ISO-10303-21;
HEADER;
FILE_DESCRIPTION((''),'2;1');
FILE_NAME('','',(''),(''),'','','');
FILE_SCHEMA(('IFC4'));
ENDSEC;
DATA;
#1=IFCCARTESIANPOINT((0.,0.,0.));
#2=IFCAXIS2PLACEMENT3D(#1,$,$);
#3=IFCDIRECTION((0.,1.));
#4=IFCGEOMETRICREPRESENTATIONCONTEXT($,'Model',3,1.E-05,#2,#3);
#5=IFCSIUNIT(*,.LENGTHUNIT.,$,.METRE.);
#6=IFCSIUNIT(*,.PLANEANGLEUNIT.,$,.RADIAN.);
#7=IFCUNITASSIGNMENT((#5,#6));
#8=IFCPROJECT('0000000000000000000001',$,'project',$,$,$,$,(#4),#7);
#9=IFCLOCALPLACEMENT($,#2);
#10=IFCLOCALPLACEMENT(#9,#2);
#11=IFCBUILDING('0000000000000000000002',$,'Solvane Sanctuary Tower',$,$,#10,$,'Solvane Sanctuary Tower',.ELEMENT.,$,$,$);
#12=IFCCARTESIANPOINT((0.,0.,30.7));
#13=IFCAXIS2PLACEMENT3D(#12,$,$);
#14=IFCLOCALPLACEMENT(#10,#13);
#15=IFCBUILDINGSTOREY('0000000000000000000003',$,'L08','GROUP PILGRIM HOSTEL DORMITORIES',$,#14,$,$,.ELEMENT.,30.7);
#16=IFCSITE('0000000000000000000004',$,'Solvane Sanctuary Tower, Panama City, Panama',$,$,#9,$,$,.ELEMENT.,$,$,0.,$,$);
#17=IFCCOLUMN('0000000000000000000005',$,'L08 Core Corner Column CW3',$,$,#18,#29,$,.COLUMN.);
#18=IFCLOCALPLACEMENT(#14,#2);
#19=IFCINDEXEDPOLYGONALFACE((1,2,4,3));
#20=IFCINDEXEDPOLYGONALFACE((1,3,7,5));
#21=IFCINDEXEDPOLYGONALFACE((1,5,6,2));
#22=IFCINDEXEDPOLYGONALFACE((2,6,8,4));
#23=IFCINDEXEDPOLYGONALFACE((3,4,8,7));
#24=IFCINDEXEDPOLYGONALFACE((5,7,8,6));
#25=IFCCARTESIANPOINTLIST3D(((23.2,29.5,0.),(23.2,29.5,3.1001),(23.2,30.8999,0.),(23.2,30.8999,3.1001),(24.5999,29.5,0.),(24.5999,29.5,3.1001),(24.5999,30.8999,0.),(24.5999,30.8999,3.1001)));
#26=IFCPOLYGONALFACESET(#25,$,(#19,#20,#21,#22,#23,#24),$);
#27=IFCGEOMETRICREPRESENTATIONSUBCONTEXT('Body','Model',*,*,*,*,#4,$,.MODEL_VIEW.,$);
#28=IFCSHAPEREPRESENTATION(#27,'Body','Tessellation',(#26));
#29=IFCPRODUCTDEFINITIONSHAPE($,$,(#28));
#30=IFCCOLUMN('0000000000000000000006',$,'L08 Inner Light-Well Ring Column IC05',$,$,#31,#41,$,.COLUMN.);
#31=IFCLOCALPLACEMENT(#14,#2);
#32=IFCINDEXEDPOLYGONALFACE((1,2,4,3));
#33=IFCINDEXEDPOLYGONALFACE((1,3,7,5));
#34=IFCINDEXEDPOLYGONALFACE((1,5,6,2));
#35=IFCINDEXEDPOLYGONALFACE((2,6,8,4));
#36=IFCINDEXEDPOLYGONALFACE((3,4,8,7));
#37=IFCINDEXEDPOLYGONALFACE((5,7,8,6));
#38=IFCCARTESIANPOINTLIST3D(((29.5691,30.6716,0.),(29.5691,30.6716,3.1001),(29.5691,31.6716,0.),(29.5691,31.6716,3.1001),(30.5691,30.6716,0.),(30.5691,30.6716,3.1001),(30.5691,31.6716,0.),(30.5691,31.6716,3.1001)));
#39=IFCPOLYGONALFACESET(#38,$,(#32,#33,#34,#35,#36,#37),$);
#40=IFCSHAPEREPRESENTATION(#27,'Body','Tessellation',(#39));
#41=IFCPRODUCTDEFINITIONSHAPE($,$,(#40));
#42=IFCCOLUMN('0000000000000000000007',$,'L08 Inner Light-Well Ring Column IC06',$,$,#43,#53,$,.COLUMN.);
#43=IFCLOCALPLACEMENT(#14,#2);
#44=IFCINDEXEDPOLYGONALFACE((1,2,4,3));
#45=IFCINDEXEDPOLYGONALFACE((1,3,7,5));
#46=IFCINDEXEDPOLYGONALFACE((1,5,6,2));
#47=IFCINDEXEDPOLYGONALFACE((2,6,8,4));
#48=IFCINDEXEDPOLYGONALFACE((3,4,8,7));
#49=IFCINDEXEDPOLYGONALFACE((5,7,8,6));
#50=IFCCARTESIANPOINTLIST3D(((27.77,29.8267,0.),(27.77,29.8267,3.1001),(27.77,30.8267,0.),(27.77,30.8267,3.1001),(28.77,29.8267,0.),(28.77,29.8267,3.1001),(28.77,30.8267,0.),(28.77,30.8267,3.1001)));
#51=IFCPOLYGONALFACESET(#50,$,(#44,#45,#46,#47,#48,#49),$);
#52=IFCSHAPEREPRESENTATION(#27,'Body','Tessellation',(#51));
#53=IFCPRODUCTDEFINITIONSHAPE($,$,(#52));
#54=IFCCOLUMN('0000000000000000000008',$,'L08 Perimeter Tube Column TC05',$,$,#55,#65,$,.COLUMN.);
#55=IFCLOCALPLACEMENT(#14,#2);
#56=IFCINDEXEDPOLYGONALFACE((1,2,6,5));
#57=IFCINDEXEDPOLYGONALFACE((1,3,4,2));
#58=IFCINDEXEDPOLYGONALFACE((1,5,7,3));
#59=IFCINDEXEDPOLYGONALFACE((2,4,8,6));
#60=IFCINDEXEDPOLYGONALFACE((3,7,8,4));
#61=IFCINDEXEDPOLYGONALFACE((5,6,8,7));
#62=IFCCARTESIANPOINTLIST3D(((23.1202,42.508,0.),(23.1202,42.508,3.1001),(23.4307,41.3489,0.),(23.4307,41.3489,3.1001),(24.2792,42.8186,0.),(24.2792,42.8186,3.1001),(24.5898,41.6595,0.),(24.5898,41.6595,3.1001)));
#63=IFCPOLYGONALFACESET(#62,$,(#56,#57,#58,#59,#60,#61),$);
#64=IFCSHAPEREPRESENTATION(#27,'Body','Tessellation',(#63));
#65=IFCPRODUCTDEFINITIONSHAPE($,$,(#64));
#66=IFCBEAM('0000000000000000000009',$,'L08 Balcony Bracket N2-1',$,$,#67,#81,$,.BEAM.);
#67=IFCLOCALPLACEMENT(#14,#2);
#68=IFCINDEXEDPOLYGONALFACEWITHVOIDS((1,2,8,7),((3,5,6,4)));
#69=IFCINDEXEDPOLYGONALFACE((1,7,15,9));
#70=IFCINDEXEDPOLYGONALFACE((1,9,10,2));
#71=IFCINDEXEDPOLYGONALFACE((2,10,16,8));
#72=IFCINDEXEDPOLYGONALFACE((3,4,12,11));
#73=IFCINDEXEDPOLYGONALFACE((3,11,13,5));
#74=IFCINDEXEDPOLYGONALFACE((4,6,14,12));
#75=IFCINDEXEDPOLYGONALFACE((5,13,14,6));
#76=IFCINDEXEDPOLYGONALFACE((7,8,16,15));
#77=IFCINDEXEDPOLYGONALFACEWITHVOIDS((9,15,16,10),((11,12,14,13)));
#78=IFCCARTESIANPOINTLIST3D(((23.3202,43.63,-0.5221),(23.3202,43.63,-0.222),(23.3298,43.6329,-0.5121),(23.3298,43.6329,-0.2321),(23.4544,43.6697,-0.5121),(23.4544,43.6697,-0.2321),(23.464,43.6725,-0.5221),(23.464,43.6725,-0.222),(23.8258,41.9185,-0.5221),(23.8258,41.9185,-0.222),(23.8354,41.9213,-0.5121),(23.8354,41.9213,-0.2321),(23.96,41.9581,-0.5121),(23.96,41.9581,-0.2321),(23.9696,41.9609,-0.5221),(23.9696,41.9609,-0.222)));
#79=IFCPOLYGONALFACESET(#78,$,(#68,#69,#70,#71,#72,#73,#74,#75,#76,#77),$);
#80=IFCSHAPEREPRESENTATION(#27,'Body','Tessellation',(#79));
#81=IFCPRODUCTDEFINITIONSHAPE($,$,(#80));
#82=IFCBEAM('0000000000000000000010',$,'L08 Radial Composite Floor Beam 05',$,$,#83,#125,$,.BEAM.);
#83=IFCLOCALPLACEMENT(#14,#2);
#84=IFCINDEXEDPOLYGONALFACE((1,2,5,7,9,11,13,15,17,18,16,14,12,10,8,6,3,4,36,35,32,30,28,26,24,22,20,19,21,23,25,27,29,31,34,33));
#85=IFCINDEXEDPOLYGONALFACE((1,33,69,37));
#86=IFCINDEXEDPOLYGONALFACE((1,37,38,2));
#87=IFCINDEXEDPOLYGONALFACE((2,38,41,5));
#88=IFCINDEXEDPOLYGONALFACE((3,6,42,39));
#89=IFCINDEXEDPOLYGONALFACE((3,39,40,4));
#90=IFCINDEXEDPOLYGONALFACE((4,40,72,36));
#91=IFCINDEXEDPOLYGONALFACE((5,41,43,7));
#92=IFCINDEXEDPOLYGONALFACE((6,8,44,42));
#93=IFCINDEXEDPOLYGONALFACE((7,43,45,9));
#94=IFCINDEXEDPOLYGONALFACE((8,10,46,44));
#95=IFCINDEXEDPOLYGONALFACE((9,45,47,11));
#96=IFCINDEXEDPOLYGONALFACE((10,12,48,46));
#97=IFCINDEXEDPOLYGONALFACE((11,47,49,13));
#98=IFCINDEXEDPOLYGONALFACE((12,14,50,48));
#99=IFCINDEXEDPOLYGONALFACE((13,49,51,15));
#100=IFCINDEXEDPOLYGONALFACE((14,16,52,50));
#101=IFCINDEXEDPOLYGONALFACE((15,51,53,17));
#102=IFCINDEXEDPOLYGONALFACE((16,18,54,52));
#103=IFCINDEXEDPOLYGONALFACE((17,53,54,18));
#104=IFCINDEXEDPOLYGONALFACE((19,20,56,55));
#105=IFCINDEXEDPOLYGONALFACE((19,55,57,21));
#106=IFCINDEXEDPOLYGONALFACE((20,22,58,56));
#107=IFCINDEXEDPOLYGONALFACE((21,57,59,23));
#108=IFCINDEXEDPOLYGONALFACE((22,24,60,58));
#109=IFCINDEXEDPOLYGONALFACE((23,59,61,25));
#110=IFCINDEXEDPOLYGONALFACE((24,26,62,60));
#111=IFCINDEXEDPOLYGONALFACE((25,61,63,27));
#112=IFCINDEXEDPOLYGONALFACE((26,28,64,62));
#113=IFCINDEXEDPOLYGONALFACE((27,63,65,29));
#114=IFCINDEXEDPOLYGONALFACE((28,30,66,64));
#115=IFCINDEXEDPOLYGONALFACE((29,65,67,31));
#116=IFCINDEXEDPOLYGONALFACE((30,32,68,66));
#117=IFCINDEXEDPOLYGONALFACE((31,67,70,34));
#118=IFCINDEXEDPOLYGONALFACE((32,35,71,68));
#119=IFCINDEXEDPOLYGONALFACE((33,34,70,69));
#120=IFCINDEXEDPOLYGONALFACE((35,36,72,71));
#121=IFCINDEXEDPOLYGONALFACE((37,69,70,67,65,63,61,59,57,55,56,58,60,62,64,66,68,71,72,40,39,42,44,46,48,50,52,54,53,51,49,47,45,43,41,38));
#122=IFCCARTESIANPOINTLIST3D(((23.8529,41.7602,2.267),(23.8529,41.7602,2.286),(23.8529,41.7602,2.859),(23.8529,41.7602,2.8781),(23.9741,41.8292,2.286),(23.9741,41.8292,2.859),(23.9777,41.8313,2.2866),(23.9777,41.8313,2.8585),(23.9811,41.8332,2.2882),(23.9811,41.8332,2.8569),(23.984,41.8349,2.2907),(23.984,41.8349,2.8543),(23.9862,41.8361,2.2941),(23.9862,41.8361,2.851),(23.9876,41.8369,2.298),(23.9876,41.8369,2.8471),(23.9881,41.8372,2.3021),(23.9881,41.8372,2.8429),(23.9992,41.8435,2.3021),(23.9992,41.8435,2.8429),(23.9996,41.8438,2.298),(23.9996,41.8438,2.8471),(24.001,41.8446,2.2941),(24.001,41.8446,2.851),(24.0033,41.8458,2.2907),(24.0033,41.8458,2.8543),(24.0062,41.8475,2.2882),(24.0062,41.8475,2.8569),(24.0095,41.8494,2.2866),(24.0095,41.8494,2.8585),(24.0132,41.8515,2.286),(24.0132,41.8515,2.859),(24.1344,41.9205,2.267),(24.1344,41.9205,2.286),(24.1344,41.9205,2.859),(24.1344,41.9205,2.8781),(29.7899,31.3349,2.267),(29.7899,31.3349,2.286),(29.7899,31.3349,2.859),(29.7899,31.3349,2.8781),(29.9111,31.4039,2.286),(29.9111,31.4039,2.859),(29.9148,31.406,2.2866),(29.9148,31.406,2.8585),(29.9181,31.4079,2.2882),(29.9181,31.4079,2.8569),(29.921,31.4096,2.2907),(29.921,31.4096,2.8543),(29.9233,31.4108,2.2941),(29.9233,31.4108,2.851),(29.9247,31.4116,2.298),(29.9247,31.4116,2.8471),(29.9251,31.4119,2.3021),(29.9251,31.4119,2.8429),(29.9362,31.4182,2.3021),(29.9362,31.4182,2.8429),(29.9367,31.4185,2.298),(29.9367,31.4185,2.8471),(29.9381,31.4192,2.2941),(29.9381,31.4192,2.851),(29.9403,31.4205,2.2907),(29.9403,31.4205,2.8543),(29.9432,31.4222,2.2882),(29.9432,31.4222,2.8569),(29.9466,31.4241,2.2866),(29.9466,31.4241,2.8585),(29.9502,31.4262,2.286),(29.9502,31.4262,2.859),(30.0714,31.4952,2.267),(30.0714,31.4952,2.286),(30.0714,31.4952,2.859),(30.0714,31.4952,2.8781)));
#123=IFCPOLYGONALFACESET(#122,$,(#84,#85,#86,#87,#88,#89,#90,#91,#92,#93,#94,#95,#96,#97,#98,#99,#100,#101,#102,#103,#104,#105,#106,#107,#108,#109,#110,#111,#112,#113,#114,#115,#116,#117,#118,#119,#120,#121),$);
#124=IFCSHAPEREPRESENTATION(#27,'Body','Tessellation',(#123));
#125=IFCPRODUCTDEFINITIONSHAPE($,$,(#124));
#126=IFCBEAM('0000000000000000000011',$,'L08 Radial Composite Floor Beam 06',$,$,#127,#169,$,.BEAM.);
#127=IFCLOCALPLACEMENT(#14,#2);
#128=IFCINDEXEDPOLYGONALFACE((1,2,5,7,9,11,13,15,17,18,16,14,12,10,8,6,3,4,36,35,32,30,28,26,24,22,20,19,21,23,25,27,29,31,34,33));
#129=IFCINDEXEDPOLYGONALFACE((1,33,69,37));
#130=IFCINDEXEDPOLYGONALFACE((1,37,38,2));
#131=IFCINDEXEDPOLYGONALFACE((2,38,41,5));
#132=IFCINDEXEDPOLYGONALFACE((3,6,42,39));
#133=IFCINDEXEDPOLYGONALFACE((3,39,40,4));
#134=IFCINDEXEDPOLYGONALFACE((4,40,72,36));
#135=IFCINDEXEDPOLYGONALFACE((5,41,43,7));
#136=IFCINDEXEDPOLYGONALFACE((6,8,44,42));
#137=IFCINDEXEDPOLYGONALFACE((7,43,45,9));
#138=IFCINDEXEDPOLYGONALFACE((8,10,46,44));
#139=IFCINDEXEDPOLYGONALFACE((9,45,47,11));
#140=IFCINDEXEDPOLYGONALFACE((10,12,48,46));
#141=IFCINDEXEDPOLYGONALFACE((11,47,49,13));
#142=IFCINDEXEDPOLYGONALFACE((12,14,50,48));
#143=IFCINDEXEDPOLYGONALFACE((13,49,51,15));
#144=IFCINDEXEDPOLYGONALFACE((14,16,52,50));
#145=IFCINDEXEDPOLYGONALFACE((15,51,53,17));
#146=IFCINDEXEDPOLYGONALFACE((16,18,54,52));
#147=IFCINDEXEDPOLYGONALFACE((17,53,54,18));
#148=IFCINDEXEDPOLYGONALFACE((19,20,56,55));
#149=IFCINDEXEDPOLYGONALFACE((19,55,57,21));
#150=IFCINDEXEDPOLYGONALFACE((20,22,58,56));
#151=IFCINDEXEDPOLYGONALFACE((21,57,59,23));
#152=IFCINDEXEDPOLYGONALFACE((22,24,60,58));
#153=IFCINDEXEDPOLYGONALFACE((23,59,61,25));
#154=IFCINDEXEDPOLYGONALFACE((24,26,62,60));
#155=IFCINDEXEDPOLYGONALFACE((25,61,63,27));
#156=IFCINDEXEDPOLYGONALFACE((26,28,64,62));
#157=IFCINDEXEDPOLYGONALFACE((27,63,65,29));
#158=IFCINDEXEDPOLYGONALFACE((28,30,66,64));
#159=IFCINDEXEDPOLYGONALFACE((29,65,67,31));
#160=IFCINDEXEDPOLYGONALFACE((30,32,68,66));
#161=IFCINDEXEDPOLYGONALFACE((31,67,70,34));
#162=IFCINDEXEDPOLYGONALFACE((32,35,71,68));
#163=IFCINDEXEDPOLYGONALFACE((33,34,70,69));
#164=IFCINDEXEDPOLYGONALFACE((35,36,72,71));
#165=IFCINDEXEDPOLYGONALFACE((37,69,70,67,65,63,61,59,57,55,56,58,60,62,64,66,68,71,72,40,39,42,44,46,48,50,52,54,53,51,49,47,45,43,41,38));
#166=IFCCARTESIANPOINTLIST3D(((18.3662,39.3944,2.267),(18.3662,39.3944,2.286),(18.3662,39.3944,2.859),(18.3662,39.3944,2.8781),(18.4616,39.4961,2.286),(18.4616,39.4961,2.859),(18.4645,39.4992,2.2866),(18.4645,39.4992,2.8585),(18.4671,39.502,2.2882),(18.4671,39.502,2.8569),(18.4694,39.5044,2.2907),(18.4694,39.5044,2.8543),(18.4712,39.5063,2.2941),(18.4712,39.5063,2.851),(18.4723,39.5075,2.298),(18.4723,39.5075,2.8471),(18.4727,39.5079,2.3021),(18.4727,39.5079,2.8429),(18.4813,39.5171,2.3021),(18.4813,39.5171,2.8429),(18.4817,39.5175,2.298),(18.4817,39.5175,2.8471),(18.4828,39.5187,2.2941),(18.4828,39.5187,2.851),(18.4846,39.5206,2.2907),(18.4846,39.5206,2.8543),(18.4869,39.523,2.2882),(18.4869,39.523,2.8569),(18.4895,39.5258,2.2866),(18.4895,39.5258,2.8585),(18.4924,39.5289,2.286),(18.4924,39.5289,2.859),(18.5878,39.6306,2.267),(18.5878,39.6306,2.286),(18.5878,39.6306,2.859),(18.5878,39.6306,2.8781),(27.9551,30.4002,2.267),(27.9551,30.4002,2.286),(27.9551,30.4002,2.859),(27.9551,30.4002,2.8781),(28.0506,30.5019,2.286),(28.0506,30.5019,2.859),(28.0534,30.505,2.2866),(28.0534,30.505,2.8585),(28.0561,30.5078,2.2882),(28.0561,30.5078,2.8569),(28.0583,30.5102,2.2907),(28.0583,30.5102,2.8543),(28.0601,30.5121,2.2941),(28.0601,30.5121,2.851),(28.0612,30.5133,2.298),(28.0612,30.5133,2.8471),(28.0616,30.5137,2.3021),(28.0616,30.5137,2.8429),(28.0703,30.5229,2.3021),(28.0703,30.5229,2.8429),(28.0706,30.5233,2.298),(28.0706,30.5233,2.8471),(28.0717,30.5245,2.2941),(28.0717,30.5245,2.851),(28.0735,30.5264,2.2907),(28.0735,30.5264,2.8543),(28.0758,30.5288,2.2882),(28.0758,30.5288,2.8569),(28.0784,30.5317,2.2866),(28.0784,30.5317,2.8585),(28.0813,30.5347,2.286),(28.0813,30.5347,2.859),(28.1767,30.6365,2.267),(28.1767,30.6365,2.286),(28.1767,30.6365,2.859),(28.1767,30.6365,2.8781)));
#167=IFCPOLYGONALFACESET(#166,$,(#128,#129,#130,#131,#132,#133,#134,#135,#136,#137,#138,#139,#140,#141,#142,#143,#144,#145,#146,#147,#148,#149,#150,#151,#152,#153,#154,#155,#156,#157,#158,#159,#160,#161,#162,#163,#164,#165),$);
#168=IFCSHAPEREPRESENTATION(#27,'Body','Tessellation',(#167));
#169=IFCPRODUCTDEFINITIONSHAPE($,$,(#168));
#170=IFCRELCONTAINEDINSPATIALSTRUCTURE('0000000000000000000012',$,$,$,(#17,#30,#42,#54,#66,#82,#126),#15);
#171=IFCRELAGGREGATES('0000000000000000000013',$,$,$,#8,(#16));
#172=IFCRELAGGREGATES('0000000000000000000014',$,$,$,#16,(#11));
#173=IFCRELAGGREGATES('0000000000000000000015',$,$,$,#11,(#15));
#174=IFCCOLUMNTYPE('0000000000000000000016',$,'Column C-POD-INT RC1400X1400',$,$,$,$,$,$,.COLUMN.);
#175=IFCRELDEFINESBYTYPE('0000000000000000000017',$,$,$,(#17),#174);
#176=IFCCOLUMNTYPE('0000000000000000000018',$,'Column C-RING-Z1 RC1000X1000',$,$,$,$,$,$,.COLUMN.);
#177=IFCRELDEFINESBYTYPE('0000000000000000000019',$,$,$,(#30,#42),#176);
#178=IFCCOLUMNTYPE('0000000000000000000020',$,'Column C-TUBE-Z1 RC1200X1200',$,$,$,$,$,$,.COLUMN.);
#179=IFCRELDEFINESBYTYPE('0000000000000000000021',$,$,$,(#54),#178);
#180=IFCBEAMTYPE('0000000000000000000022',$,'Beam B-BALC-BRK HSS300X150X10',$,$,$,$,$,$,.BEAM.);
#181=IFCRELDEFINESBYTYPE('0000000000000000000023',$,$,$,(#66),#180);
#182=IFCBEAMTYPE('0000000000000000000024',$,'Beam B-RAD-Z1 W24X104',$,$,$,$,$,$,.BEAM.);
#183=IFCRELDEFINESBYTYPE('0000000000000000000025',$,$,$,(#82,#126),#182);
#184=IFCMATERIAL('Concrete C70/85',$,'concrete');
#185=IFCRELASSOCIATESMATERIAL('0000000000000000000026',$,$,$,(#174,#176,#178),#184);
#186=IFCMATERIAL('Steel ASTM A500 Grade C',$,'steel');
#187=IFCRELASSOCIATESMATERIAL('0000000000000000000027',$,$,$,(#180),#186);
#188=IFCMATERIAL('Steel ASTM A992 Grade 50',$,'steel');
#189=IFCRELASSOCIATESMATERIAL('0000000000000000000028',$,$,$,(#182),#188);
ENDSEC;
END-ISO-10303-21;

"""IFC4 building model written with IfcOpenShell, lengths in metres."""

from ifc_helpers import new_model, si_unit, direction, frame, origin, origin_2d, place, context, subcontext, project, spatial, rectangle, hollow_rectangle, i_section, extrude, material, material_profile, profile_set, type_object, element, save


model = new_model("IFC4")

# Units and contexts
model_context = context("Model", 3, precision=1e-05, world=origin(), true_north=direction((0.0, 1.0)))
body_context = subcontext(model_context, "Body", "Model", "MODEL_VIEW")
ifc_project = project(units=[si_unit("LENGTHUNIT", "METRE"), si_unit("PLANEANGLEUNIT", "RADIAN")], contexts=[model_context])

# Site, building, storey
site_placement = place(None, origin())
site = spatial("IfcSite", under=ifc_project, at=site_placement, Name="Solvane Sanctuary Tower, Panama City, Panama", CompositionType="ELEMENT", RefElevation=0.0)
building_placement = place(site_placement, origin())
building = spatial("IfcBuilding", under=site, at=building_placement, Name="Solvane Sanctuary Tower", LongName="Solvane Sanctuary Tower", CompositionType="ELEMENT")
storey_placement = place(building_placement, frame((0.0, 0.0, 30.7)))
storey = spatial("IfcBuildingStorey", under=building, at=storey_placement, Name="L08", Description="GROUP PILGRIM HOSTEL DORMITORIES", CompositionType="ELEMENT", Elevation=30.7)

# Columns
ifc_material_1 = material(Name="Concrete C70/85", Category="concrete")
ifc_material_profile_1 = material_profile(ifc_material_1, rectangle(XDim=1.3999, YDim=1.3999, at=origin_2d()), Name="RC1400X1400")
ifc_profile_set_1 = profile_set([ifc_material_profile_1], Name="Concrete C70/85")
column_type_1 = type_object("IfcColumnType", Name="Column C-POD-INT RC1400X1400", PredefinedType="COLUMN", material=ifc_profile_set_1)
column_1_placement = place(storey_placement, frame((23.8999, 30.2, 0.0), z_axis=(0.0, 0.0, 1.0), x_axis=(1.0, 0.0, 0.0)))
element("IfcColumn", 1, at=column_1_placement, inside=storey, type_object=column_type_1, Name="L08 Core Corner Column CW3", PredefinedType="COLUMN", context=body_context, shape_type="SweptSolid", body=[
    extrude(rectangle(XDim=1.3999, YDim=1.3999, at=origin_2d()), origin(), (0.0, 0.0, 1.0), 3.1001),
])
ifc_material_profile_2 = material_profile(ifc_material_1, rectangle(XDim=1.0, YDim=1.0, at=origin_2d()), Name="RC1000X1000")
ifc_profile_set_2 = profile_set([ifc_material_profile_2], Name="Concrete C70/85")
column_type_2 = type_object("IfcColumnType", Name="Column C-RING-Z1 RC1000X1000", PredefinedType="COLUMN", material=ifc_profile_set_2)
for number, where, z_axis, x_axis, name in (
    (2, (30.0691, 31.1716, 0.0), (0.0, 0.0, 1.0), (1.0, 0.0, 0.0), "L08 Inner Light-Well Ring Column IC05"),
    (3, (28.27, 30.3267, 0.0), (0.0, 0.0, 1.0), (1.0, 0.0, 0.0), "L08 Inner Light-Well Ring Column IC06"),
):
    element("IfcColumn", number, at=place(storey_placement, frame(where, z_axis=z_axis, x_axis=x_axis)), inside=storey, type_object=column_type_2, Name=name, PredefinedType="COLUMN", context=body_context, shape_type="SweptSolid", body=[
        extrude(rectangle(XDim=1.0, YDim=1.0, at=origin_2d()), origin(), (0.0, 0.0, 1.0), 3.1001),
    ])
ifc_material_profile_3 = material_profile(ifc_material_1, rectangle(XDim=1.2, YDim=1.2, at=origin_2d()), Name="RC1200X1200")
ifc_profile_set_3 = profile_set([ifc_material_profile_3], Name="Concrete C70/85")
column_type_3 = type_object("IfcColumnType", Name="Column C-TUBE-Z1 RC1200X1200", PredefinedType="COLUMN", material=ifc_profile_set_3)
column_2_placement = place(storey_placement, frame((23.855, 42.0837, 0.0), z_axis=(0.0, 0.0, 1.0), x_axis=(-0.258819, 0.965926, 0.0)))
element("IfcColumn", 4, at=column_2_placement, inside=storey, type_object=column_type_3, Name="L08 Perimeter Tube Column TC05", PredefinedType="COLUMN", context=body_context, shape_type="SweptSolid", body=[
    extrude(rectangle(XDim=1.2, YDim=1.2, at=origin_2d()), origin(), (0.0, 0.0, 1.0), 3.1001),
])

# Beams
ifc_material_2 = material(Name="Steel ASTM A500 Grade C", Category="steel")
ifc_material_profile_4 = material_profile(ifc_material_2, hollow_rectangle(XDim=0.1499, YDim=0.3, WallThickness=0.01, at=origin_2d()), Name="HSS300X150X10")
ifc_profile_set_4 = profile_set([ifc_material_profile_4], Name="Steel ASTM A500 Grade C")
beam_type_1 = type_object("IfcBeamType", Name="Beam B-BALC-BRK HSS300X150X10", PredefinedType="BEAM", material=ifc_profile_set_4)
beam_1_placement = place(storey_placement, frame((23.8977, 41.9397, -0.3721), z_axis=(-0.283292, 0.959034, 0.0), x_axis=(-0.959034, -0.283292, 0.0)))
element("IfcBeam", 5, at=beam_1_placement, inside=storey, type_object=beam_type_1, Name="L08 Balcony Bracket N2-1", PredefinedType="BEAM", context=body_context, shape_type="SweptSolid", body=[
    extrude(hollow_rectangle(XDim=0.1499, YDim=0.3, WallThickness=0.01, at=origin_2d()), origin(), (0.0, 0.0, 1.0), 1.7847),
])
ifc_material_3 = material(Name="Steel ASTM A992 Grade 50", Category="steel")
ifc_material_profile_5 = material_profile(ifc_material_3, i_section(OverallWidth=0.324, OverallDepth=0.6111, WebThickness=0.0127, FlangeThickness=0.019, FilletRadius=0.0161, at=origin_2d()), Name="W24X104")
ifc_profile_set_5 = profile_set([ifc_material_profile_5], Name="Steel ASTM A992 Grade 50")
beam_type_2 = type_object("IfcBeamType", Name="Beam B-RAD-Z1 W24X104", PredefinedType="BEAM", material=ifc_profile_set_5)
beam_2_placement = place(storey_placement, frame((29.9307, 31.415, 2.5725), z_axis=(-0.494863, 0.868971, 0.0), x_axis=(-0.868971, -0.494863, 0.0)))
element("IfcBeam", 6, at=beam_2_placement, inside=storey, type_object=beam_type_2, Name="L08 Radial Composite Floor Beam 05", PredefinedType="BEAM", context=body_context, shape_type="SweptSolid", body=[
    extrude(i_section(OverallWidth=0.324, OverallDepth=0.6111, WebThickness=0.0127, FlangeThickness=0.019, FilletRadius=0.0161, at=origin_2d()), origin(), (0.0, 0.0, 1.0), 11.9973),
])
beam_3_placement = place(storey_placement, frame((28.0659, 30.5183, 2.5725), z_axis=(-0.729363, 0.684126, 0.0), x_axis=(-0.684126, -0.729363, 0.0)))
element("IfcBeam", 7, at=beam_3_placement, inside=storey, type_object=beam_type_2, Name="L08 Radial Composite Floor Beam 06", PredefinedType="BEAM", context=body_context, shape_type="SweptSolid", body=[
    extrude(i_section(OverallWidth=0.324, OverallDepth=0.6111, WebThickness=0.0127, FlangeThickness=0.019, FilletRadius=0.0161, at=origin_2d()), origin(), (0.0, 0.0, 1.0), 13.147),
])

save(model, "model.ifc")
